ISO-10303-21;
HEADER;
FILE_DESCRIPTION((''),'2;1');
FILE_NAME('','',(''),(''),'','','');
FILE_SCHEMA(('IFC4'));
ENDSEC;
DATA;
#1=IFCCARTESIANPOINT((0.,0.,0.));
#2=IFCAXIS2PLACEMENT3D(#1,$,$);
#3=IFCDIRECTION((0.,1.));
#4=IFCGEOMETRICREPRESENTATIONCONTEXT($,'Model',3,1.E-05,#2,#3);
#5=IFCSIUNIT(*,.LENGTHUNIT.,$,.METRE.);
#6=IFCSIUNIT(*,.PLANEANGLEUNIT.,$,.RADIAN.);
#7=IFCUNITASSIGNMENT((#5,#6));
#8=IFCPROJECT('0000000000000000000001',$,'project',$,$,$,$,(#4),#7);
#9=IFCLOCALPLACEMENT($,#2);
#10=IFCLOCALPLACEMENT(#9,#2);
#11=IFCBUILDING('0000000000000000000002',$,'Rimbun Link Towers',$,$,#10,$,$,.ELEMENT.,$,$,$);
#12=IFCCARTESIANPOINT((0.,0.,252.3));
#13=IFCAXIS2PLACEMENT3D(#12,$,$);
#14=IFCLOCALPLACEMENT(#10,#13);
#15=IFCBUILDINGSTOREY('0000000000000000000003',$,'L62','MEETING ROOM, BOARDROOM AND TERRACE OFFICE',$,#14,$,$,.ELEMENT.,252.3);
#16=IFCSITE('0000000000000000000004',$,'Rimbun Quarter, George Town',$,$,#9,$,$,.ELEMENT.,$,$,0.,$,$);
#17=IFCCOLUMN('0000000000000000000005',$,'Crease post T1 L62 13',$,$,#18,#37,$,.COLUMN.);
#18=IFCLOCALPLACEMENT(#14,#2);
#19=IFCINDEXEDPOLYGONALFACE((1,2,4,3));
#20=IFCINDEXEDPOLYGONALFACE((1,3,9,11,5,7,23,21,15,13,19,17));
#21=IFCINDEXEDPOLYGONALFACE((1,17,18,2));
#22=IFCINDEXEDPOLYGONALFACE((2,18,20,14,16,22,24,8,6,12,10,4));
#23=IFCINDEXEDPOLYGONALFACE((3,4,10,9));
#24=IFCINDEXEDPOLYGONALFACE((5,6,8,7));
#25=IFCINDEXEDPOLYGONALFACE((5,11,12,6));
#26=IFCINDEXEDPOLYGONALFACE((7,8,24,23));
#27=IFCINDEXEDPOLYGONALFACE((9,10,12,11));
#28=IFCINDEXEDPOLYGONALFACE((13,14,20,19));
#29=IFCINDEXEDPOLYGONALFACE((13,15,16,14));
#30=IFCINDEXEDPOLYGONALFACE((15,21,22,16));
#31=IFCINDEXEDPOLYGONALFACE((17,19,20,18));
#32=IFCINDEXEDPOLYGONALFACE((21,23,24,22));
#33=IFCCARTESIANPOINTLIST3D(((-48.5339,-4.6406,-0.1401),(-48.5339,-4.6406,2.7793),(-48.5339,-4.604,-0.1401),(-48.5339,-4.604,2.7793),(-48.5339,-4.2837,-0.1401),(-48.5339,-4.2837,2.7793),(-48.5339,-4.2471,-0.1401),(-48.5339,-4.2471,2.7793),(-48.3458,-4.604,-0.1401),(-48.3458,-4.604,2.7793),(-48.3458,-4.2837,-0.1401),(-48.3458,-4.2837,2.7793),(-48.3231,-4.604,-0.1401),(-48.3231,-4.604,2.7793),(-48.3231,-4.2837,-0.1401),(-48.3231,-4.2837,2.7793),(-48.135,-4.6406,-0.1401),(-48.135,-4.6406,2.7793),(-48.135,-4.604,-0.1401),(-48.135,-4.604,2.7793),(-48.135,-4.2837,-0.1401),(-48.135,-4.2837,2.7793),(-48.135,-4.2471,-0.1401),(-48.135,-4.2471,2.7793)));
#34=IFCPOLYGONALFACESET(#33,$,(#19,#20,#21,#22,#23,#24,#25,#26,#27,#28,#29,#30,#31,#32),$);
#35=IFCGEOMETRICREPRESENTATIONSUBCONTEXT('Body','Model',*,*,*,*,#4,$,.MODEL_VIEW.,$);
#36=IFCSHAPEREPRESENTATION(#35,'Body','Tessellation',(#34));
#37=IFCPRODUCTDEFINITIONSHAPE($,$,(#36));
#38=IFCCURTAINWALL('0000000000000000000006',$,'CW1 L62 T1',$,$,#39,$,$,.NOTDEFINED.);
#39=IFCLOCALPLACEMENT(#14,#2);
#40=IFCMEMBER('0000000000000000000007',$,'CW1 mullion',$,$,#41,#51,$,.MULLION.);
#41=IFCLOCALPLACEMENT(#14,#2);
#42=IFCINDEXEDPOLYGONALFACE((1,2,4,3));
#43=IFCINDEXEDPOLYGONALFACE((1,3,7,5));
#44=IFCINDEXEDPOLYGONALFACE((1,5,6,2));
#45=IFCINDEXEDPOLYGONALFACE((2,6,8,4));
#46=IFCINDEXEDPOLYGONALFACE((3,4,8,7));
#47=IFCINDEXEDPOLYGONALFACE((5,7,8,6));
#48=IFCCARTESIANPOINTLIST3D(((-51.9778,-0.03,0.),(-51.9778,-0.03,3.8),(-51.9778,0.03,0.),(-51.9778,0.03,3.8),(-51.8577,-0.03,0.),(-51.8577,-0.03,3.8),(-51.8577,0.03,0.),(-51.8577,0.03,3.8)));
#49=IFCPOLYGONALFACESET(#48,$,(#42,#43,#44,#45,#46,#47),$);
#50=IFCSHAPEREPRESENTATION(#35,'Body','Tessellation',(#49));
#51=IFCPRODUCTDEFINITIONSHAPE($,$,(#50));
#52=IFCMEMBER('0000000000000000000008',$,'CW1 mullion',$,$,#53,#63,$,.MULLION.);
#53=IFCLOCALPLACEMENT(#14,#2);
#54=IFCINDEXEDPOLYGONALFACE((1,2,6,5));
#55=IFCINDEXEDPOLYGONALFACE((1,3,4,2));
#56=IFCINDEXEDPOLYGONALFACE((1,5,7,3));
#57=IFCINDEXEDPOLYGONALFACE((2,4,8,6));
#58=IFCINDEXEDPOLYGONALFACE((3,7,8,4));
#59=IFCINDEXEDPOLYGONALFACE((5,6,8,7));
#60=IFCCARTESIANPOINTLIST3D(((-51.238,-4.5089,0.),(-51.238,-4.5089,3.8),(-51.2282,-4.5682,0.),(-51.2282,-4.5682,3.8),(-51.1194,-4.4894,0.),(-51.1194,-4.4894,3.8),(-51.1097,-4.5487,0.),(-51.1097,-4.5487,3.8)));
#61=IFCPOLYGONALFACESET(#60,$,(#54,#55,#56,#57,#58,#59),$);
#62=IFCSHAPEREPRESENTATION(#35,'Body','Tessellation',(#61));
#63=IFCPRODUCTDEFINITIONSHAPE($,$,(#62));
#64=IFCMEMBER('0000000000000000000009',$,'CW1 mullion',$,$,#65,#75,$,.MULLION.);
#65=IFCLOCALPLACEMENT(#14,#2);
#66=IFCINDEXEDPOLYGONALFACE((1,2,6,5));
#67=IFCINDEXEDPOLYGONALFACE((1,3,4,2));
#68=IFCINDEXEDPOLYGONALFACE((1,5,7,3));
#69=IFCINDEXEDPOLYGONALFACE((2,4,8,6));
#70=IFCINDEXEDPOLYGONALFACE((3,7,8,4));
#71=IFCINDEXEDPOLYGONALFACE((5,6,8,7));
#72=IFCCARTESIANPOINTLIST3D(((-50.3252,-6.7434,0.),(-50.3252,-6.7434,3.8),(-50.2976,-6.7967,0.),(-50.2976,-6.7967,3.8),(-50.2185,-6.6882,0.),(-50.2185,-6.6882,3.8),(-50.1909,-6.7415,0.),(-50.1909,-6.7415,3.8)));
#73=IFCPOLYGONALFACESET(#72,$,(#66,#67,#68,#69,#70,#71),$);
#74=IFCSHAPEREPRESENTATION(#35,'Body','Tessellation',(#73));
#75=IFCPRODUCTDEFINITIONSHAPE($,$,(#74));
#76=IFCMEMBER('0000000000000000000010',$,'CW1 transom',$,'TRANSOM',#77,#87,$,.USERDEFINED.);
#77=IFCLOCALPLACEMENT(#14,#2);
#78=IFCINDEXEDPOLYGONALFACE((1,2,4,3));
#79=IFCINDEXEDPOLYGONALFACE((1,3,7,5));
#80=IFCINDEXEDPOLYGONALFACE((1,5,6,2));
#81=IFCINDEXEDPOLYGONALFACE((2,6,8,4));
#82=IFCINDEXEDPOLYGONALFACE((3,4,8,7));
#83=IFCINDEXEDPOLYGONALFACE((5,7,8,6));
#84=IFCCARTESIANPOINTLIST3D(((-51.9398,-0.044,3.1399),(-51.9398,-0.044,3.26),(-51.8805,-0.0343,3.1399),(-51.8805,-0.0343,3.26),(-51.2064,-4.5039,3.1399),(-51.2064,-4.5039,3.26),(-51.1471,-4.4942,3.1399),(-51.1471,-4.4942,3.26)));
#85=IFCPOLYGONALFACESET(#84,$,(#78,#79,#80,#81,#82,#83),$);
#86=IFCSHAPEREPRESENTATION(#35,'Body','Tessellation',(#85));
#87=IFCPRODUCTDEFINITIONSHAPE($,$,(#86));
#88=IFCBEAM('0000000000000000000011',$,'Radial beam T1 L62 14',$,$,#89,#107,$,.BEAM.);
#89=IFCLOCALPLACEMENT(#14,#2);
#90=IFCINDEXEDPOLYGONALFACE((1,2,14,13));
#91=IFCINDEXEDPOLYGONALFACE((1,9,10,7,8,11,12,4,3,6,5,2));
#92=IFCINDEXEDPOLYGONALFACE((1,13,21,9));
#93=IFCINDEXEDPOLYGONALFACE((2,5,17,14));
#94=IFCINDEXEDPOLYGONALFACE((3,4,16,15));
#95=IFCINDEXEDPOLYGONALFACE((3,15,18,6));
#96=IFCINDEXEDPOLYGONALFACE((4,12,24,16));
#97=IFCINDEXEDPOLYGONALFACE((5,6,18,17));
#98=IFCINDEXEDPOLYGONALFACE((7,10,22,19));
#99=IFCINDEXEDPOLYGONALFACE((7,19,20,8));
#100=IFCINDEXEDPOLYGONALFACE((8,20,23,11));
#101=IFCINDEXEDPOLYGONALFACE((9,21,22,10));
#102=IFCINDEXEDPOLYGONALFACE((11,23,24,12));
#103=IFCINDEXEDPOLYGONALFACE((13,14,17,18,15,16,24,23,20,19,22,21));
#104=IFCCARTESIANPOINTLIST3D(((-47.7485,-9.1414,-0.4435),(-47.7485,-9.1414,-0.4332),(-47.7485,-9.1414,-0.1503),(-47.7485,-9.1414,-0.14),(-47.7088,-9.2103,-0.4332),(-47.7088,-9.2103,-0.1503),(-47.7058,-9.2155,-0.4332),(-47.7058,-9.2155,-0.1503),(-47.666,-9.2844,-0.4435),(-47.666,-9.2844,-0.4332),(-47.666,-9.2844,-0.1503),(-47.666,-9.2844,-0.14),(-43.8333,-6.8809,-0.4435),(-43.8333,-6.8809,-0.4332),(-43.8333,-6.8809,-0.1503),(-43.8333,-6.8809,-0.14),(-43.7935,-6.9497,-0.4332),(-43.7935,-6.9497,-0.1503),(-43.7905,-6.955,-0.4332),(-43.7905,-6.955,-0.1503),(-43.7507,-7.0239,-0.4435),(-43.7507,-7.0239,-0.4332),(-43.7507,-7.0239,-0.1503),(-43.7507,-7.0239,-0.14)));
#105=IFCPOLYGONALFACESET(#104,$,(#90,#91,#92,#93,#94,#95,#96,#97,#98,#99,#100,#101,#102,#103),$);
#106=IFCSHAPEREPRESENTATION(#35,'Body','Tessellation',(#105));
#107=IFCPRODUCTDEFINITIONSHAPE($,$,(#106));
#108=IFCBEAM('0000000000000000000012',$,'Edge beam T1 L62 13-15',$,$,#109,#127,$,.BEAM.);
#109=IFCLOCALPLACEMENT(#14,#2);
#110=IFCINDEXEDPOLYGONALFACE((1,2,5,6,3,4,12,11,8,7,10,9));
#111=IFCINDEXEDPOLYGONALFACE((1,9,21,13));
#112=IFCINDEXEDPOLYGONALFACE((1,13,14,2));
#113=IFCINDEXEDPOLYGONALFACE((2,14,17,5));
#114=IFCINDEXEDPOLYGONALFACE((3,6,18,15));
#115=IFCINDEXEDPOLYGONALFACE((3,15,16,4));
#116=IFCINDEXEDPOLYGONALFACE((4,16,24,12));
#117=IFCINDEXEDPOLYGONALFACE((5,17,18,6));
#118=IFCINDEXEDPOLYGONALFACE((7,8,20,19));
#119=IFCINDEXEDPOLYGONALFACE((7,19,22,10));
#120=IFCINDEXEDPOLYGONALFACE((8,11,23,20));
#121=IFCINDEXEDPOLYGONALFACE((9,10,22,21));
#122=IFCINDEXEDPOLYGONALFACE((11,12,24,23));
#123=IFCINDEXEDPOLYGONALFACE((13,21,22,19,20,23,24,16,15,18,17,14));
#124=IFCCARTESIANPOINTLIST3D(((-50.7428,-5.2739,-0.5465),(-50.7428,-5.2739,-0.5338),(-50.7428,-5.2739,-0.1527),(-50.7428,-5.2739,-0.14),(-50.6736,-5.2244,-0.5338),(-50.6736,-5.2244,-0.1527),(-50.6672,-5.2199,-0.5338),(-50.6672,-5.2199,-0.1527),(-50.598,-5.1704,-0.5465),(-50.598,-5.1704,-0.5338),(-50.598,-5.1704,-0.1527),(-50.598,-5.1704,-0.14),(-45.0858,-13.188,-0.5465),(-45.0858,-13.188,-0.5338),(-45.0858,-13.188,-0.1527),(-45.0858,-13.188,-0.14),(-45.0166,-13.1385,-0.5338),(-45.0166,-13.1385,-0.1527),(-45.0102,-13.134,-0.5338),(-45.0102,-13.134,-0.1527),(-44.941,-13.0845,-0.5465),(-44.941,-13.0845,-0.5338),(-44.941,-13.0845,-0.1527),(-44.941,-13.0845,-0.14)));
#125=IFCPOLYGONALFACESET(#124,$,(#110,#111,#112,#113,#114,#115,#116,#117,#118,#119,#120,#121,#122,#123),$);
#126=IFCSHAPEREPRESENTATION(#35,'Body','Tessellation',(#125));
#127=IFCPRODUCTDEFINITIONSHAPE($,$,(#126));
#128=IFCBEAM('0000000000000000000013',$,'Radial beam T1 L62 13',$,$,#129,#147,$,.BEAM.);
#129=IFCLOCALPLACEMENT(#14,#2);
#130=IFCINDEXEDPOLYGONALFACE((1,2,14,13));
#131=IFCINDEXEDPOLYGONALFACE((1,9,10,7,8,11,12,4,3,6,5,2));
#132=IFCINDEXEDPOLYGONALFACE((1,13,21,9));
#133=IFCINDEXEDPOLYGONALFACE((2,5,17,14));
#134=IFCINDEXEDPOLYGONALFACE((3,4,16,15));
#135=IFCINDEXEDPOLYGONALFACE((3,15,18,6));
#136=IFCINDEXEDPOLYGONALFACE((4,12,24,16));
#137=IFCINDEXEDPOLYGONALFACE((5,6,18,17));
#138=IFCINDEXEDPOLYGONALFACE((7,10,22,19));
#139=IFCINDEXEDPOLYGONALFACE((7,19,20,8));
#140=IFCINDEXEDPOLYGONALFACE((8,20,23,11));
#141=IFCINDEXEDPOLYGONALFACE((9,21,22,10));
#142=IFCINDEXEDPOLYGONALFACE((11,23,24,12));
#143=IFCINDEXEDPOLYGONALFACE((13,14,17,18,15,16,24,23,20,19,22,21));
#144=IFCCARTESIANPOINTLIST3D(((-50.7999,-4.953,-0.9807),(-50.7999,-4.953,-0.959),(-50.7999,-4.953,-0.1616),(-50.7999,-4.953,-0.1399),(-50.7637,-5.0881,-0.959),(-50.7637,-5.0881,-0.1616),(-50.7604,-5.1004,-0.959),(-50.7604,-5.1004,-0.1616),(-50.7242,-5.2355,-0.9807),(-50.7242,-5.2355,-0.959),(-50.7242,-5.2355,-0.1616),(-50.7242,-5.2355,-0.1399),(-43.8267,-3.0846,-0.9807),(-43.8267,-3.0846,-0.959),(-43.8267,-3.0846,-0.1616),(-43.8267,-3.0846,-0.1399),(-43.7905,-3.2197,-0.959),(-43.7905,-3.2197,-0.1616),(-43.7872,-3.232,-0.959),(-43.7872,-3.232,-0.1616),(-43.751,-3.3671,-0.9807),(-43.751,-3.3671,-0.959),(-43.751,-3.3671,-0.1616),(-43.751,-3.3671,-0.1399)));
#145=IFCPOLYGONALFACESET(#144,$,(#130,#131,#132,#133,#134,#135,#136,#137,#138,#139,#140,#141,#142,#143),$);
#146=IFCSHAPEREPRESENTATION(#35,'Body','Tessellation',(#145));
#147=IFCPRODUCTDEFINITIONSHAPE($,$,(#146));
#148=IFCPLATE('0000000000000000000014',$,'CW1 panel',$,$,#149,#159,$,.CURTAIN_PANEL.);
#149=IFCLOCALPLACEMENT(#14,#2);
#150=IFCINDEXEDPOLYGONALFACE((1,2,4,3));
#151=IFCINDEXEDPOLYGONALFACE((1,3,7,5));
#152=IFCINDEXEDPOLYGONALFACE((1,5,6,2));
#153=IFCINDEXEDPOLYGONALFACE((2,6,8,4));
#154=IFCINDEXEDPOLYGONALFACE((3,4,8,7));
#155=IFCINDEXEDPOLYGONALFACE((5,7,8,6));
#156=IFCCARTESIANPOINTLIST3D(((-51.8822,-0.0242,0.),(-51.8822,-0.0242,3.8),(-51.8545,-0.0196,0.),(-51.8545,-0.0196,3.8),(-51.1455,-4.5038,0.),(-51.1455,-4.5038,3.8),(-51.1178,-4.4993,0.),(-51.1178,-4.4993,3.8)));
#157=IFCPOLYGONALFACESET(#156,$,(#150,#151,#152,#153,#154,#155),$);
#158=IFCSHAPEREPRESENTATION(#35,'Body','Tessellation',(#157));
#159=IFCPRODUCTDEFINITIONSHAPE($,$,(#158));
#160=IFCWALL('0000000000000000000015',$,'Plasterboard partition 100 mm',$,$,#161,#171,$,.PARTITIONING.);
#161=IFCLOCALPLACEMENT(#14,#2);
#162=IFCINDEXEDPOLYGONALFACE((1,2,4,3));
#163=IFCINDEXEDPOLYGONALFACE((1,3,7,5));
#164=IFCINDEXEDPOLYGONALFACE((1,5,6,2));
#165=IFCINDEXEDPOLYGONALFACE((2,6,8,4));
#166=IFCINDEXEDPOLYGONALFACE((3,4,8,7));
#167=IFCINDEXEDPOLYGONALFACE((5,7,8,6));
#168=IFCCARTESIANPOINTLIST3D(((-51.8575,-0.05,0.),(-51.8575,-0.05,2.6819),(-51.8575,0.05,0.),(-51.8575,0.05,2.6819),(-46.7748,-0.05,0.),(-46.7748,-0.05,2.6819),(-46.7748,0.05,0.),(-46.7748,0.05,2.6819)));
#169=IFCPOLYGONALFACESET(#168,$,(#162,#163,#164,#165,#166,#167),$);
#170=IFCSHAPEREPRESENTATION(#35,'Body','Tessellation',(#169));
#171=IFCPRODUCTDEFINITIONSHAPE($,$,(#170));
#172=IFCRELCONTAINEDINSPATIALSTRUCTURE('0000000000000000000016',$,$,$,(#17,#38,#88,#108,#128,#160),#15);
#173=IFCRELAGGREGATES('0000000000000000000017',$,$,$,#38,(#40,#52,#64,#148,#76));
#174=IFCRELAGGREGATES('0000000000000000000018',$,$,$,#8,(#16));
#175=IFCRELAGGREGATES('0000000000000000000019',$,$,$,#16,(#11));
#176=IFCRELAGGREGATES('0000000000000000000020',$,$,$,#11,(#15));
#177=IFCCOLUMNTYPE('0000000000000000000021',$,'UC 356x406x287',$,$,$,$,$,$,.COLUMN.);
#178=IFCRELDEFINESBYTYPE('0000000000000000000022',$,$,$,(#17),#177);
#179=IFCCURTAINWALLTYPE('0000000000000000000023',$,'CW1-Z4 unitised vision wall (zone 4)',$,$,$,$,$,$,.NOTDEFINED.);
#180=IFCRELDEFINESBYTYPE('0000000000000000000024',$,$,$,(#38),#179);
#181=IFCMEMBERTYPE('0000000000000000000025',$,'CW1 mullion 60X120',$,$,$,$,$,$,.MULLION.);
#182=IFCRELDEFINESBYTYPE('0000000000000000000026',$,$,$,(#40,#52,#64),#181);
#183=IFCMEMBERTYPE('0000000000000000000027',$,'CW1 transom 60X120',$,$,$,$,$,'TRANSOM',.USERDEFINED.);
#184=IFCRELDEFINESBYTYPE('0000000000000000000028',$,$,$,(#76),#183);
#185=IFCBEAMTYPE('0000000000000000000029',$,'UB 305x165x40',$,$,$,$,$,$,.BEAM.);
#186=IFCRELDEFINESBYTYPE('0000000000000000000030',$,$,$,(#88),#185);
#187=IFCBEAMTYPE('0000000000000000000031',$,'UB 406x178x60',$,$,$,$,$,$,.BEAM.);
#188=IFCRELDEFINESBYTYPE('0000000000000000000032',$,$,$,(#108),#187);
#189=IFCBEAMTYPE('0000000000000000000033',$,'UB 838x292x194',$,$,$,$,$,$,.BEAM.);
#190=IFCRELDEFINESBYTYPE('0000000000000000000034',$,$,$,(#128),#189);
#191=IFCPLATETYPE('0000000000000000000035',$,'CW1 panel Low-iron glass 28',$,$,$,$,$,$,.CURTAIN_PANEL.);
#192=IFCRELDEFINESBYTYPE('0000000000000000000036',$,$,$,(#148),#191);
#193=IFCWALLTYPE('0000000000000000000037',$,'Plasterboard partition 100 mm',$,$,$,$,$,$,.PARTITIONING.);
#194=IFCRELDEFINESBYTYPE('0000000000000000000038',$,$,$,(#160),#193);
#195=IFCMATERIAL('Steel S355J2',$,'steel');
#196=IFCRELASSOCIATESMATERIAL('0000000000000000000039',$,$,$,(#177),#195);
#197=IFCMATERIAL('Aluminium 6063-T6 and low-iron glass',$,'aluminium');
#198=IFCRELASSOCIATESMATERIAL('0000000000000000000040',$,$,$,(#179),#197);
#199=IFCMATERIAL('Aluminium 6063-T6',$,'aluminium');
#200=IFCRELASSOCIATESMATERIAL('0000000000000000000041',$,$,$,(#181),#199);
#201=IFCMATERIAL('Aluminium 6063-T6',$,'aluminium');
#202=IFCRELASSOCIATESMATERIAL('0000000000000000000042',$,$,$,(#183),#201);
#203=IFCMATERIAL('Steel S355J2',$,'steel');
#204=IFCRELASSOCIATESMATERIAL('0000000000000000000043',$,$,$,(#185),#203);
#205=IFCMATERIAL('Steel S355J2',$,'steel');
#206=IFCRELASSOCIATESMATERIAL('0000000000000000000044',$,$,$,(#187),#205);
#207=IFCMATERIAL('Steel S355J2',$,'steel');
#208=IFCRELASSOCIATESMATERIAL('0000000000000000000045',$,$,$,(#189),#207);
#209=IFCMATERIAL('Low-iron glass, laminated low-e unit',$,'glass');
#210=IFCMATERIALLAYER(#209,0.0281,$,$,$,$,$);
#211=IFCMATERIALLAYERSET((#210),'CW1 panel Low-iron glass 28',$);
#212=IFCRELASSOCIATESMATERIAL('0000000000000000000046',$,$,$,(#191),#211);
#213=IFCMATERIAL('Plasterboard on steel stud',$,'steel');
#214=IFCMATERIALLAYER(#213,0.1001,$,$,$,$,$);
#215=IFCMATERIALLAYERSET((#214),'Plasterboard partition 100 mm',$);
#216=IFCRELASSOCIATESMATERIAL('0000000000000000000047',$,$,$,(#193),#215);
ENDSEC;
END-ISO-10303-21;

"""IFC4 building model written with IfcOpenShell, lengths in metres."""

from ifc_helpers import new_model, si_unit, direction, frame, frame_2d, origin, origin_2d, place, context, subcontext, project, spatial, rectangle, i_section, extrude, material, layer, layer_set, material_profile, profile_set, type_object, element, aggregate, save


model = new_model("IFC4")

# Units and contexts
model_context = context("Model", 3, precision=1e-05, world=origin(), true_north=direction((0.0, 1.0)))
body_context = subcontext(model_context, "Body", "Model", "MODEL_VIEW")
ifc_project = project(units=[si_unit("LENGTHUNIT", "METRE"), si_unit("PLANEANGLEUNIT", "RADIAN")], contexts=[model_context])

# Site, building, storey
site_placement = place(None, origin())
site = spatial("IfcSite", under=ifc_project, at=site_placement, Name="Rimbun Quarter, George Town", CompositionType="ELEMENT", RefElevation=0.0)
building_placement = place(site_placement, origin())
building = spatial("IfcBuilding", under=site, at=building_placement, Name="Rimbun Link Towers", CompositionType="ELEMENT")
storey_placement = place(building_placement, frame((0.0, 0.0, 252.3)))
storey = spatial("IfcBuildingStorey", under=building, at=storey_placement, Name="L62", Description="MEETING ROOM, BOARDROOM AND TERRACE OFFICE", CompositionType="ELEMENT", Elevation=252.3)

# Column
ifc_material_1 = material(Name="Steel S355J2", Category="steel")
ifc_material_profile_1 = material_profile(ifc_material_1, i_section(OverallWidth=0.3989, OverallDepth=0.3936, WebThickness=0.0227, FlangeThickness=0.0366, at=origin_2d()), Name="UC 356x406x287")
ifc_profile_set_1 = profile_set([ifc_material_profile_1], Name="Steel S355J2")
column_type = type_object("IfcColumnType", Name="UC 356x406x287", PredefinedType="COLUMN", material=ifc_profile_set_1)
column_placement = place(storey_placement, frame((-48.3345, -4.4438, -0.1401), z_axis=(0.0, 0.0, 1.0), x_axis=(1.0, 0.0, 0.0)))
element("IfcColumn", 1, at=column_placement, inside=storey, type_object=column_type, Name="Crease post T1 L62 13", PredefinedType="COLUMN", context=body_context, shape_type="SweptSolid", body=[
    extrude(i_section(OverallWidth=0.3989, OverallDepth=0.3936, WebThickness=0.0227, FlangeThickness=0.0366, at=origin_2d()), origin(), (0.0, 0.0, 1.0), 2.9194),
])

# Curtain wall, members
ifc_material_2 = material(Name="Aluminium 6063-T6 and low-iron glass", Category="aluminium")
curtain_wall_type = type_object("IfcCurtainWallType", Name="CW1-Z4 unitised vision wall (zone 4)", PredefinedType="NOTDEFINED", material=ifc_material_2)
curtain_wall_placement = place(storey_placement, origin())
curtain_wall = element("IfcCurtainWall", 2, at=curtain_wall_placement, inside=storey, type_object=curtain_wall_type, Name="CW1 L62 T1", PredefinedType="NOTDEFINED")
ifc_material_3 = material(Name="Aluminium 6063-T6", Category="aluminium")
ifc_material_profile_2 = material_profile(ifc_material_3, rectangle(XDim=0.1201, YDim=0.0601, at=origin_2d()), Name="MULLION 60X120")
ifc_profile_set_2 = profile_set([ifc_material_profile_2], Name="Aluminium 6063-T6")
member_type_1 = type_object("IfcMemberType", Name="CW1 mullion 60X120", PredefinedType="MULLION", material=ifc_profile_set_2)
member_1_placement = place(storey_placement, frame((-51.9177, 0.0, 0.0), z_axis=(0.0, 0.0, 1.0), x_axis=(-1.0, 0.0, 0.0)))
member_1 = element("IfcMember", 3, at=member_1_placement, type_object=member_type_1, Name="CW1 mullion", PredefinedType="MULLION", context=body_context, shape_type="SweptSolid", body=[
    extrude(rectangle(XDim=0.1201, YDim=0.0601, at=origin_2d()), origin(), (0.0, 0.0, 1.0), 3.8),
])
member_2_placement = place(storey_placement, frame((-51.1738, -4.5288, 0.0), z_axis=(0.0, 0.0, 1.0), x_axis=(-0.986748, -0.162262, 0.0)))
member_2 = element("IfcMember", 4, at=member_2_placement, type_object=member_type_1, Name="CW1 mullion", PredefinedType="MULLION", context=body_context, shape_type="SweptSolid", body=[
    extrude(rectangle(XDim=0.1201, YDim=0.0601, at=origin_2d()), origin(), (0.0, 0.0, 1.0), 3.8),
])
member_3_placement = place(storey_placement, frame((-50.2581, -6.7424, 0.0), z_axis=(0.0, 0.0, 1.0), x_axis=(-0.888151, -0.459552, 0.0)))
member_3 = element("IfcMember", 5, at=member_3_placement, type_object=member_type_1, Name="CW1 mullion", PredefinedType="MULLION", context=body_context, shape_type="SweptSolid", body=[
    extrude(rectangle(XDim=0.1201, YDim=0.0601, at=origin_2d()), origin(), (0.0, 0.0, 1.0), 3.8),
])
ifc_material_4 = material(Name="Aluminium 6063-T6", Category="aluminium")
ifc_material_profile_3 = material_profile(ifc_material_4, rectangle(XDim=0.0601, YDim=0.1201, at=origin_2d()), Name="TRANSOM 60X120")
ifc_profile_set_3 = profile_set([ifc_material_profile_3], Name="Aluminium 6063-T6")
member_type_2 = type_object("IfcMemberType", Name="CW1 transom 60X120", ElementType="TRANSOM", PredefinedType="USERDEFINED", material=ifc_profile_set_3)
member_4_placement = place(storey_placement, frame((-51.1768, -4.499, 3.2), z_axis=(-0.162261, 0.986748, 0.0), x_axis=(-0.986748, -0.162261, 0.0)))
member_4 = element("IfcMember", 6, at=member_4_placement, type_object=member_type_2, Name="CW1 transom", ObjectType="TRANSOM", PredefinedType="USERDEFINED", context=body_context, shape_type="SweptSolid", body=[
    extrude(rectangle(XDim=0.0601, YDim=0.1201, at=origin_2d()), origin(), (0.0, 0.0, 1.0), 4.5198),
])

# Beams
ifc_material_5 = material(Name="Steel S355J2", Category="steel")
ifc_material_profile_4 = material_profile(ifc_material_5, i_section(OverallWidth=0.165, OverallDepth=0.3035, WebThickness=0.0061, FlangeThickness=0.0103, at=origin_2d()), Name="UB 305x165x40")
ifc_profile_set_4 = profile_set([ifc_material_profile_4], Name="Steel S355J2")
beam_type_1 = type_object("IfcBeamType", Name="UB 305x165x40", PredefinedType="BEAM", material=ifc_profile_set_4)
beam_1_placement = place(storey_placement, frame((-43.792, -6.9524, -0.2917), z_axis=(-0.866025, -0.500001, 0.0), x_axis=(0.500001, -0.866025, 0.0)))
element("IfcBeam", 7, at=beam_1_placement, inside=storey, type_object=beam_type_1, Name="Radial beam T1 L62 14", PredefinedType="BEAM", context=body_context, shape_type="SweptSolid", body=[
    extrude(i_section(OverallWidth=0.165, OverallDepth=0.3035, WebThickness=0.0061, FlangeThickness=0.0103, at=origin_2d()), origin(), (0.0, 0.0, 1.0), 4.521),
])
ifc_material_6 = material(Name="Steel S355J2", Category="steel")
ifc_material_profile_5 = material_profile(ifc_material_6, i_section(OverallWidth=0.178, OverallDepth=0.4065, WebThickness=0.0078, FlangeThickness=0.0127, at=origin_2d()), Name="UB 406x178x60")
ifc_profile_set_5 = profile_set([ifc_material_profile_5], Name="Steel S355J2")
beam_type_2 = type_object("IfcBeamType", Name="UB 406x178x60", PredefinedType="BEAM", material=ifc_profile_set_5)
beam_2_placement = place(storey_placement, frame((-50.6704, -5.2222, -0.3433), z_axis=(0.581516, -0.813535, 0.0), x_axis=(0.813535, 0.581516, 0.0)))
element("IfcBeam", 8, at=beam_2_placement, inside=storey, type_object=beam_type_2, Name="Edge beam T1 L62 13-15", PredefinedType="BEAM", context=body_context, shape_type="SweptSolid", body=[
    extrude(i_section(OverallWidth=0.178, OverallDepth=0.4065, WebThickness=0.0078, FlangeThickness=0.0127, at=origin_2d()), origin(), (0.0, 0.0, 1.0), 9.728),
])
ifc_material_7 = material(Name="Steel S355J2", Category="steel")
ifc_material_profile_6 = material_profile(ifc_material_7, i_section(OverallWidth=0.2925, OverallDepth=0.8408, WebThickness=0.0127, FlangeThickness=0.0217, at=origin_2d()), Name="UB 838x292x194")
ifc_profile_set_6 = profile_set([ifc_material_profile_6], Name="Steel S355J2")
beam_type_3 = type_object("IfcBeamType", Name="UB 838x292x194", PredefinedType="BEAM", material=ifc_profile_set_6)
beam_3_placement = place(storey_placement, frame((-43.7888, -3.2258, -0.5603), z_axis=(-0.965927, -0.258814, 0.0), x_axis=(0.258814, -0.965927, 0.0)))
element("IfcBeam", 9, at=beam_3_placement, inside=storey, type_object=beam_type_3, Name="Radial beam T1 L62 13", PredefinedType="BEAM", context=body_context, shape_type="SweptSolid", body=[
    extrude(i_section(OverallWidth=0.2925, OverallDepth=0.8408, WebThickness=0.0127, FlangeThickness=0.0217, at=origin_2d()), origin(), (0.0, 0.0, 1.0), 7.2192),
])

# Plate
ifc_material_8 = material(Name="Low-iron glass, laminated low-e unit", Category="glass")
ifc_layer_1 = layer(ifc_material_8, 0.0281)
ifc_layer_set_1 = layer_set([ifc_layer_1], Name="CW1 panel Low-iron glass 28")
plate_type = type_object("IfcPlateType", Name="CW1 panel Low-iron glass 28", PredefinedType="CURTAIN_PANEL", material=ifc_layer_set_1)
plate_placement = place(storey_placement, frame((-51.5, -2.2617, 0.0), z_axis=(0.0, 0.0, 1.0), x_axis=(-0.162262, 0.986748, 0.0)))
plate = element("IfcPlate", 10, at=plate_placement, type_object=plate_type, Name="CW1 panel", PredefinedType="CURTAIN_PANEL", context=body_context, shape_type="SweptSolid", body=[
    extrude(rectangle(XDim=4.5398, YDim=0.0281, at=origin_2d()), origin(), (0.0, 0.0, 1.0), 3.8),
])
aggregate(curtain_wall, [member_1, member_2, member_3, plate, member_4])

# Wall
ifc_material_9 = material(Name="Plasterboard on steel stud", Category="steel")
ifc_layer_2 = layer(ifc_material_9, 0.1001)
ifc_layer_set_2 = layer_set([ifc_layer_2], Name="Plasterboard partition 100 mm")
wall_type = type_object("IfcWallType", Name="Plasterboard partition 100 mm", PredefinedType="PARTITIONING", material=ifc_layer_set_2)
wall_1_placement = place(storey_placement, frame((-51.8577, 0.0, 0.0), z_axis=(0.0, 0.0, 1.0), x_axis=(1.0, 0.0, 0.0)))
element("IfcWall", 11, at=wall_1_placement, inside=storey, type_object=wall_type, Name="Plasterboard partition 100 mm", PredefinedType="PARTITIONING", context=body_context, shape_type="SweptSolid", body=[
    extrude(rectangle(XDim=5.0828, YDim=0.1001, at=frame_2d((2.5415, 0.0))), origin(), (0.0, 0.0, 1.0), 2.6819),
])

save(model, "model.ifc")
